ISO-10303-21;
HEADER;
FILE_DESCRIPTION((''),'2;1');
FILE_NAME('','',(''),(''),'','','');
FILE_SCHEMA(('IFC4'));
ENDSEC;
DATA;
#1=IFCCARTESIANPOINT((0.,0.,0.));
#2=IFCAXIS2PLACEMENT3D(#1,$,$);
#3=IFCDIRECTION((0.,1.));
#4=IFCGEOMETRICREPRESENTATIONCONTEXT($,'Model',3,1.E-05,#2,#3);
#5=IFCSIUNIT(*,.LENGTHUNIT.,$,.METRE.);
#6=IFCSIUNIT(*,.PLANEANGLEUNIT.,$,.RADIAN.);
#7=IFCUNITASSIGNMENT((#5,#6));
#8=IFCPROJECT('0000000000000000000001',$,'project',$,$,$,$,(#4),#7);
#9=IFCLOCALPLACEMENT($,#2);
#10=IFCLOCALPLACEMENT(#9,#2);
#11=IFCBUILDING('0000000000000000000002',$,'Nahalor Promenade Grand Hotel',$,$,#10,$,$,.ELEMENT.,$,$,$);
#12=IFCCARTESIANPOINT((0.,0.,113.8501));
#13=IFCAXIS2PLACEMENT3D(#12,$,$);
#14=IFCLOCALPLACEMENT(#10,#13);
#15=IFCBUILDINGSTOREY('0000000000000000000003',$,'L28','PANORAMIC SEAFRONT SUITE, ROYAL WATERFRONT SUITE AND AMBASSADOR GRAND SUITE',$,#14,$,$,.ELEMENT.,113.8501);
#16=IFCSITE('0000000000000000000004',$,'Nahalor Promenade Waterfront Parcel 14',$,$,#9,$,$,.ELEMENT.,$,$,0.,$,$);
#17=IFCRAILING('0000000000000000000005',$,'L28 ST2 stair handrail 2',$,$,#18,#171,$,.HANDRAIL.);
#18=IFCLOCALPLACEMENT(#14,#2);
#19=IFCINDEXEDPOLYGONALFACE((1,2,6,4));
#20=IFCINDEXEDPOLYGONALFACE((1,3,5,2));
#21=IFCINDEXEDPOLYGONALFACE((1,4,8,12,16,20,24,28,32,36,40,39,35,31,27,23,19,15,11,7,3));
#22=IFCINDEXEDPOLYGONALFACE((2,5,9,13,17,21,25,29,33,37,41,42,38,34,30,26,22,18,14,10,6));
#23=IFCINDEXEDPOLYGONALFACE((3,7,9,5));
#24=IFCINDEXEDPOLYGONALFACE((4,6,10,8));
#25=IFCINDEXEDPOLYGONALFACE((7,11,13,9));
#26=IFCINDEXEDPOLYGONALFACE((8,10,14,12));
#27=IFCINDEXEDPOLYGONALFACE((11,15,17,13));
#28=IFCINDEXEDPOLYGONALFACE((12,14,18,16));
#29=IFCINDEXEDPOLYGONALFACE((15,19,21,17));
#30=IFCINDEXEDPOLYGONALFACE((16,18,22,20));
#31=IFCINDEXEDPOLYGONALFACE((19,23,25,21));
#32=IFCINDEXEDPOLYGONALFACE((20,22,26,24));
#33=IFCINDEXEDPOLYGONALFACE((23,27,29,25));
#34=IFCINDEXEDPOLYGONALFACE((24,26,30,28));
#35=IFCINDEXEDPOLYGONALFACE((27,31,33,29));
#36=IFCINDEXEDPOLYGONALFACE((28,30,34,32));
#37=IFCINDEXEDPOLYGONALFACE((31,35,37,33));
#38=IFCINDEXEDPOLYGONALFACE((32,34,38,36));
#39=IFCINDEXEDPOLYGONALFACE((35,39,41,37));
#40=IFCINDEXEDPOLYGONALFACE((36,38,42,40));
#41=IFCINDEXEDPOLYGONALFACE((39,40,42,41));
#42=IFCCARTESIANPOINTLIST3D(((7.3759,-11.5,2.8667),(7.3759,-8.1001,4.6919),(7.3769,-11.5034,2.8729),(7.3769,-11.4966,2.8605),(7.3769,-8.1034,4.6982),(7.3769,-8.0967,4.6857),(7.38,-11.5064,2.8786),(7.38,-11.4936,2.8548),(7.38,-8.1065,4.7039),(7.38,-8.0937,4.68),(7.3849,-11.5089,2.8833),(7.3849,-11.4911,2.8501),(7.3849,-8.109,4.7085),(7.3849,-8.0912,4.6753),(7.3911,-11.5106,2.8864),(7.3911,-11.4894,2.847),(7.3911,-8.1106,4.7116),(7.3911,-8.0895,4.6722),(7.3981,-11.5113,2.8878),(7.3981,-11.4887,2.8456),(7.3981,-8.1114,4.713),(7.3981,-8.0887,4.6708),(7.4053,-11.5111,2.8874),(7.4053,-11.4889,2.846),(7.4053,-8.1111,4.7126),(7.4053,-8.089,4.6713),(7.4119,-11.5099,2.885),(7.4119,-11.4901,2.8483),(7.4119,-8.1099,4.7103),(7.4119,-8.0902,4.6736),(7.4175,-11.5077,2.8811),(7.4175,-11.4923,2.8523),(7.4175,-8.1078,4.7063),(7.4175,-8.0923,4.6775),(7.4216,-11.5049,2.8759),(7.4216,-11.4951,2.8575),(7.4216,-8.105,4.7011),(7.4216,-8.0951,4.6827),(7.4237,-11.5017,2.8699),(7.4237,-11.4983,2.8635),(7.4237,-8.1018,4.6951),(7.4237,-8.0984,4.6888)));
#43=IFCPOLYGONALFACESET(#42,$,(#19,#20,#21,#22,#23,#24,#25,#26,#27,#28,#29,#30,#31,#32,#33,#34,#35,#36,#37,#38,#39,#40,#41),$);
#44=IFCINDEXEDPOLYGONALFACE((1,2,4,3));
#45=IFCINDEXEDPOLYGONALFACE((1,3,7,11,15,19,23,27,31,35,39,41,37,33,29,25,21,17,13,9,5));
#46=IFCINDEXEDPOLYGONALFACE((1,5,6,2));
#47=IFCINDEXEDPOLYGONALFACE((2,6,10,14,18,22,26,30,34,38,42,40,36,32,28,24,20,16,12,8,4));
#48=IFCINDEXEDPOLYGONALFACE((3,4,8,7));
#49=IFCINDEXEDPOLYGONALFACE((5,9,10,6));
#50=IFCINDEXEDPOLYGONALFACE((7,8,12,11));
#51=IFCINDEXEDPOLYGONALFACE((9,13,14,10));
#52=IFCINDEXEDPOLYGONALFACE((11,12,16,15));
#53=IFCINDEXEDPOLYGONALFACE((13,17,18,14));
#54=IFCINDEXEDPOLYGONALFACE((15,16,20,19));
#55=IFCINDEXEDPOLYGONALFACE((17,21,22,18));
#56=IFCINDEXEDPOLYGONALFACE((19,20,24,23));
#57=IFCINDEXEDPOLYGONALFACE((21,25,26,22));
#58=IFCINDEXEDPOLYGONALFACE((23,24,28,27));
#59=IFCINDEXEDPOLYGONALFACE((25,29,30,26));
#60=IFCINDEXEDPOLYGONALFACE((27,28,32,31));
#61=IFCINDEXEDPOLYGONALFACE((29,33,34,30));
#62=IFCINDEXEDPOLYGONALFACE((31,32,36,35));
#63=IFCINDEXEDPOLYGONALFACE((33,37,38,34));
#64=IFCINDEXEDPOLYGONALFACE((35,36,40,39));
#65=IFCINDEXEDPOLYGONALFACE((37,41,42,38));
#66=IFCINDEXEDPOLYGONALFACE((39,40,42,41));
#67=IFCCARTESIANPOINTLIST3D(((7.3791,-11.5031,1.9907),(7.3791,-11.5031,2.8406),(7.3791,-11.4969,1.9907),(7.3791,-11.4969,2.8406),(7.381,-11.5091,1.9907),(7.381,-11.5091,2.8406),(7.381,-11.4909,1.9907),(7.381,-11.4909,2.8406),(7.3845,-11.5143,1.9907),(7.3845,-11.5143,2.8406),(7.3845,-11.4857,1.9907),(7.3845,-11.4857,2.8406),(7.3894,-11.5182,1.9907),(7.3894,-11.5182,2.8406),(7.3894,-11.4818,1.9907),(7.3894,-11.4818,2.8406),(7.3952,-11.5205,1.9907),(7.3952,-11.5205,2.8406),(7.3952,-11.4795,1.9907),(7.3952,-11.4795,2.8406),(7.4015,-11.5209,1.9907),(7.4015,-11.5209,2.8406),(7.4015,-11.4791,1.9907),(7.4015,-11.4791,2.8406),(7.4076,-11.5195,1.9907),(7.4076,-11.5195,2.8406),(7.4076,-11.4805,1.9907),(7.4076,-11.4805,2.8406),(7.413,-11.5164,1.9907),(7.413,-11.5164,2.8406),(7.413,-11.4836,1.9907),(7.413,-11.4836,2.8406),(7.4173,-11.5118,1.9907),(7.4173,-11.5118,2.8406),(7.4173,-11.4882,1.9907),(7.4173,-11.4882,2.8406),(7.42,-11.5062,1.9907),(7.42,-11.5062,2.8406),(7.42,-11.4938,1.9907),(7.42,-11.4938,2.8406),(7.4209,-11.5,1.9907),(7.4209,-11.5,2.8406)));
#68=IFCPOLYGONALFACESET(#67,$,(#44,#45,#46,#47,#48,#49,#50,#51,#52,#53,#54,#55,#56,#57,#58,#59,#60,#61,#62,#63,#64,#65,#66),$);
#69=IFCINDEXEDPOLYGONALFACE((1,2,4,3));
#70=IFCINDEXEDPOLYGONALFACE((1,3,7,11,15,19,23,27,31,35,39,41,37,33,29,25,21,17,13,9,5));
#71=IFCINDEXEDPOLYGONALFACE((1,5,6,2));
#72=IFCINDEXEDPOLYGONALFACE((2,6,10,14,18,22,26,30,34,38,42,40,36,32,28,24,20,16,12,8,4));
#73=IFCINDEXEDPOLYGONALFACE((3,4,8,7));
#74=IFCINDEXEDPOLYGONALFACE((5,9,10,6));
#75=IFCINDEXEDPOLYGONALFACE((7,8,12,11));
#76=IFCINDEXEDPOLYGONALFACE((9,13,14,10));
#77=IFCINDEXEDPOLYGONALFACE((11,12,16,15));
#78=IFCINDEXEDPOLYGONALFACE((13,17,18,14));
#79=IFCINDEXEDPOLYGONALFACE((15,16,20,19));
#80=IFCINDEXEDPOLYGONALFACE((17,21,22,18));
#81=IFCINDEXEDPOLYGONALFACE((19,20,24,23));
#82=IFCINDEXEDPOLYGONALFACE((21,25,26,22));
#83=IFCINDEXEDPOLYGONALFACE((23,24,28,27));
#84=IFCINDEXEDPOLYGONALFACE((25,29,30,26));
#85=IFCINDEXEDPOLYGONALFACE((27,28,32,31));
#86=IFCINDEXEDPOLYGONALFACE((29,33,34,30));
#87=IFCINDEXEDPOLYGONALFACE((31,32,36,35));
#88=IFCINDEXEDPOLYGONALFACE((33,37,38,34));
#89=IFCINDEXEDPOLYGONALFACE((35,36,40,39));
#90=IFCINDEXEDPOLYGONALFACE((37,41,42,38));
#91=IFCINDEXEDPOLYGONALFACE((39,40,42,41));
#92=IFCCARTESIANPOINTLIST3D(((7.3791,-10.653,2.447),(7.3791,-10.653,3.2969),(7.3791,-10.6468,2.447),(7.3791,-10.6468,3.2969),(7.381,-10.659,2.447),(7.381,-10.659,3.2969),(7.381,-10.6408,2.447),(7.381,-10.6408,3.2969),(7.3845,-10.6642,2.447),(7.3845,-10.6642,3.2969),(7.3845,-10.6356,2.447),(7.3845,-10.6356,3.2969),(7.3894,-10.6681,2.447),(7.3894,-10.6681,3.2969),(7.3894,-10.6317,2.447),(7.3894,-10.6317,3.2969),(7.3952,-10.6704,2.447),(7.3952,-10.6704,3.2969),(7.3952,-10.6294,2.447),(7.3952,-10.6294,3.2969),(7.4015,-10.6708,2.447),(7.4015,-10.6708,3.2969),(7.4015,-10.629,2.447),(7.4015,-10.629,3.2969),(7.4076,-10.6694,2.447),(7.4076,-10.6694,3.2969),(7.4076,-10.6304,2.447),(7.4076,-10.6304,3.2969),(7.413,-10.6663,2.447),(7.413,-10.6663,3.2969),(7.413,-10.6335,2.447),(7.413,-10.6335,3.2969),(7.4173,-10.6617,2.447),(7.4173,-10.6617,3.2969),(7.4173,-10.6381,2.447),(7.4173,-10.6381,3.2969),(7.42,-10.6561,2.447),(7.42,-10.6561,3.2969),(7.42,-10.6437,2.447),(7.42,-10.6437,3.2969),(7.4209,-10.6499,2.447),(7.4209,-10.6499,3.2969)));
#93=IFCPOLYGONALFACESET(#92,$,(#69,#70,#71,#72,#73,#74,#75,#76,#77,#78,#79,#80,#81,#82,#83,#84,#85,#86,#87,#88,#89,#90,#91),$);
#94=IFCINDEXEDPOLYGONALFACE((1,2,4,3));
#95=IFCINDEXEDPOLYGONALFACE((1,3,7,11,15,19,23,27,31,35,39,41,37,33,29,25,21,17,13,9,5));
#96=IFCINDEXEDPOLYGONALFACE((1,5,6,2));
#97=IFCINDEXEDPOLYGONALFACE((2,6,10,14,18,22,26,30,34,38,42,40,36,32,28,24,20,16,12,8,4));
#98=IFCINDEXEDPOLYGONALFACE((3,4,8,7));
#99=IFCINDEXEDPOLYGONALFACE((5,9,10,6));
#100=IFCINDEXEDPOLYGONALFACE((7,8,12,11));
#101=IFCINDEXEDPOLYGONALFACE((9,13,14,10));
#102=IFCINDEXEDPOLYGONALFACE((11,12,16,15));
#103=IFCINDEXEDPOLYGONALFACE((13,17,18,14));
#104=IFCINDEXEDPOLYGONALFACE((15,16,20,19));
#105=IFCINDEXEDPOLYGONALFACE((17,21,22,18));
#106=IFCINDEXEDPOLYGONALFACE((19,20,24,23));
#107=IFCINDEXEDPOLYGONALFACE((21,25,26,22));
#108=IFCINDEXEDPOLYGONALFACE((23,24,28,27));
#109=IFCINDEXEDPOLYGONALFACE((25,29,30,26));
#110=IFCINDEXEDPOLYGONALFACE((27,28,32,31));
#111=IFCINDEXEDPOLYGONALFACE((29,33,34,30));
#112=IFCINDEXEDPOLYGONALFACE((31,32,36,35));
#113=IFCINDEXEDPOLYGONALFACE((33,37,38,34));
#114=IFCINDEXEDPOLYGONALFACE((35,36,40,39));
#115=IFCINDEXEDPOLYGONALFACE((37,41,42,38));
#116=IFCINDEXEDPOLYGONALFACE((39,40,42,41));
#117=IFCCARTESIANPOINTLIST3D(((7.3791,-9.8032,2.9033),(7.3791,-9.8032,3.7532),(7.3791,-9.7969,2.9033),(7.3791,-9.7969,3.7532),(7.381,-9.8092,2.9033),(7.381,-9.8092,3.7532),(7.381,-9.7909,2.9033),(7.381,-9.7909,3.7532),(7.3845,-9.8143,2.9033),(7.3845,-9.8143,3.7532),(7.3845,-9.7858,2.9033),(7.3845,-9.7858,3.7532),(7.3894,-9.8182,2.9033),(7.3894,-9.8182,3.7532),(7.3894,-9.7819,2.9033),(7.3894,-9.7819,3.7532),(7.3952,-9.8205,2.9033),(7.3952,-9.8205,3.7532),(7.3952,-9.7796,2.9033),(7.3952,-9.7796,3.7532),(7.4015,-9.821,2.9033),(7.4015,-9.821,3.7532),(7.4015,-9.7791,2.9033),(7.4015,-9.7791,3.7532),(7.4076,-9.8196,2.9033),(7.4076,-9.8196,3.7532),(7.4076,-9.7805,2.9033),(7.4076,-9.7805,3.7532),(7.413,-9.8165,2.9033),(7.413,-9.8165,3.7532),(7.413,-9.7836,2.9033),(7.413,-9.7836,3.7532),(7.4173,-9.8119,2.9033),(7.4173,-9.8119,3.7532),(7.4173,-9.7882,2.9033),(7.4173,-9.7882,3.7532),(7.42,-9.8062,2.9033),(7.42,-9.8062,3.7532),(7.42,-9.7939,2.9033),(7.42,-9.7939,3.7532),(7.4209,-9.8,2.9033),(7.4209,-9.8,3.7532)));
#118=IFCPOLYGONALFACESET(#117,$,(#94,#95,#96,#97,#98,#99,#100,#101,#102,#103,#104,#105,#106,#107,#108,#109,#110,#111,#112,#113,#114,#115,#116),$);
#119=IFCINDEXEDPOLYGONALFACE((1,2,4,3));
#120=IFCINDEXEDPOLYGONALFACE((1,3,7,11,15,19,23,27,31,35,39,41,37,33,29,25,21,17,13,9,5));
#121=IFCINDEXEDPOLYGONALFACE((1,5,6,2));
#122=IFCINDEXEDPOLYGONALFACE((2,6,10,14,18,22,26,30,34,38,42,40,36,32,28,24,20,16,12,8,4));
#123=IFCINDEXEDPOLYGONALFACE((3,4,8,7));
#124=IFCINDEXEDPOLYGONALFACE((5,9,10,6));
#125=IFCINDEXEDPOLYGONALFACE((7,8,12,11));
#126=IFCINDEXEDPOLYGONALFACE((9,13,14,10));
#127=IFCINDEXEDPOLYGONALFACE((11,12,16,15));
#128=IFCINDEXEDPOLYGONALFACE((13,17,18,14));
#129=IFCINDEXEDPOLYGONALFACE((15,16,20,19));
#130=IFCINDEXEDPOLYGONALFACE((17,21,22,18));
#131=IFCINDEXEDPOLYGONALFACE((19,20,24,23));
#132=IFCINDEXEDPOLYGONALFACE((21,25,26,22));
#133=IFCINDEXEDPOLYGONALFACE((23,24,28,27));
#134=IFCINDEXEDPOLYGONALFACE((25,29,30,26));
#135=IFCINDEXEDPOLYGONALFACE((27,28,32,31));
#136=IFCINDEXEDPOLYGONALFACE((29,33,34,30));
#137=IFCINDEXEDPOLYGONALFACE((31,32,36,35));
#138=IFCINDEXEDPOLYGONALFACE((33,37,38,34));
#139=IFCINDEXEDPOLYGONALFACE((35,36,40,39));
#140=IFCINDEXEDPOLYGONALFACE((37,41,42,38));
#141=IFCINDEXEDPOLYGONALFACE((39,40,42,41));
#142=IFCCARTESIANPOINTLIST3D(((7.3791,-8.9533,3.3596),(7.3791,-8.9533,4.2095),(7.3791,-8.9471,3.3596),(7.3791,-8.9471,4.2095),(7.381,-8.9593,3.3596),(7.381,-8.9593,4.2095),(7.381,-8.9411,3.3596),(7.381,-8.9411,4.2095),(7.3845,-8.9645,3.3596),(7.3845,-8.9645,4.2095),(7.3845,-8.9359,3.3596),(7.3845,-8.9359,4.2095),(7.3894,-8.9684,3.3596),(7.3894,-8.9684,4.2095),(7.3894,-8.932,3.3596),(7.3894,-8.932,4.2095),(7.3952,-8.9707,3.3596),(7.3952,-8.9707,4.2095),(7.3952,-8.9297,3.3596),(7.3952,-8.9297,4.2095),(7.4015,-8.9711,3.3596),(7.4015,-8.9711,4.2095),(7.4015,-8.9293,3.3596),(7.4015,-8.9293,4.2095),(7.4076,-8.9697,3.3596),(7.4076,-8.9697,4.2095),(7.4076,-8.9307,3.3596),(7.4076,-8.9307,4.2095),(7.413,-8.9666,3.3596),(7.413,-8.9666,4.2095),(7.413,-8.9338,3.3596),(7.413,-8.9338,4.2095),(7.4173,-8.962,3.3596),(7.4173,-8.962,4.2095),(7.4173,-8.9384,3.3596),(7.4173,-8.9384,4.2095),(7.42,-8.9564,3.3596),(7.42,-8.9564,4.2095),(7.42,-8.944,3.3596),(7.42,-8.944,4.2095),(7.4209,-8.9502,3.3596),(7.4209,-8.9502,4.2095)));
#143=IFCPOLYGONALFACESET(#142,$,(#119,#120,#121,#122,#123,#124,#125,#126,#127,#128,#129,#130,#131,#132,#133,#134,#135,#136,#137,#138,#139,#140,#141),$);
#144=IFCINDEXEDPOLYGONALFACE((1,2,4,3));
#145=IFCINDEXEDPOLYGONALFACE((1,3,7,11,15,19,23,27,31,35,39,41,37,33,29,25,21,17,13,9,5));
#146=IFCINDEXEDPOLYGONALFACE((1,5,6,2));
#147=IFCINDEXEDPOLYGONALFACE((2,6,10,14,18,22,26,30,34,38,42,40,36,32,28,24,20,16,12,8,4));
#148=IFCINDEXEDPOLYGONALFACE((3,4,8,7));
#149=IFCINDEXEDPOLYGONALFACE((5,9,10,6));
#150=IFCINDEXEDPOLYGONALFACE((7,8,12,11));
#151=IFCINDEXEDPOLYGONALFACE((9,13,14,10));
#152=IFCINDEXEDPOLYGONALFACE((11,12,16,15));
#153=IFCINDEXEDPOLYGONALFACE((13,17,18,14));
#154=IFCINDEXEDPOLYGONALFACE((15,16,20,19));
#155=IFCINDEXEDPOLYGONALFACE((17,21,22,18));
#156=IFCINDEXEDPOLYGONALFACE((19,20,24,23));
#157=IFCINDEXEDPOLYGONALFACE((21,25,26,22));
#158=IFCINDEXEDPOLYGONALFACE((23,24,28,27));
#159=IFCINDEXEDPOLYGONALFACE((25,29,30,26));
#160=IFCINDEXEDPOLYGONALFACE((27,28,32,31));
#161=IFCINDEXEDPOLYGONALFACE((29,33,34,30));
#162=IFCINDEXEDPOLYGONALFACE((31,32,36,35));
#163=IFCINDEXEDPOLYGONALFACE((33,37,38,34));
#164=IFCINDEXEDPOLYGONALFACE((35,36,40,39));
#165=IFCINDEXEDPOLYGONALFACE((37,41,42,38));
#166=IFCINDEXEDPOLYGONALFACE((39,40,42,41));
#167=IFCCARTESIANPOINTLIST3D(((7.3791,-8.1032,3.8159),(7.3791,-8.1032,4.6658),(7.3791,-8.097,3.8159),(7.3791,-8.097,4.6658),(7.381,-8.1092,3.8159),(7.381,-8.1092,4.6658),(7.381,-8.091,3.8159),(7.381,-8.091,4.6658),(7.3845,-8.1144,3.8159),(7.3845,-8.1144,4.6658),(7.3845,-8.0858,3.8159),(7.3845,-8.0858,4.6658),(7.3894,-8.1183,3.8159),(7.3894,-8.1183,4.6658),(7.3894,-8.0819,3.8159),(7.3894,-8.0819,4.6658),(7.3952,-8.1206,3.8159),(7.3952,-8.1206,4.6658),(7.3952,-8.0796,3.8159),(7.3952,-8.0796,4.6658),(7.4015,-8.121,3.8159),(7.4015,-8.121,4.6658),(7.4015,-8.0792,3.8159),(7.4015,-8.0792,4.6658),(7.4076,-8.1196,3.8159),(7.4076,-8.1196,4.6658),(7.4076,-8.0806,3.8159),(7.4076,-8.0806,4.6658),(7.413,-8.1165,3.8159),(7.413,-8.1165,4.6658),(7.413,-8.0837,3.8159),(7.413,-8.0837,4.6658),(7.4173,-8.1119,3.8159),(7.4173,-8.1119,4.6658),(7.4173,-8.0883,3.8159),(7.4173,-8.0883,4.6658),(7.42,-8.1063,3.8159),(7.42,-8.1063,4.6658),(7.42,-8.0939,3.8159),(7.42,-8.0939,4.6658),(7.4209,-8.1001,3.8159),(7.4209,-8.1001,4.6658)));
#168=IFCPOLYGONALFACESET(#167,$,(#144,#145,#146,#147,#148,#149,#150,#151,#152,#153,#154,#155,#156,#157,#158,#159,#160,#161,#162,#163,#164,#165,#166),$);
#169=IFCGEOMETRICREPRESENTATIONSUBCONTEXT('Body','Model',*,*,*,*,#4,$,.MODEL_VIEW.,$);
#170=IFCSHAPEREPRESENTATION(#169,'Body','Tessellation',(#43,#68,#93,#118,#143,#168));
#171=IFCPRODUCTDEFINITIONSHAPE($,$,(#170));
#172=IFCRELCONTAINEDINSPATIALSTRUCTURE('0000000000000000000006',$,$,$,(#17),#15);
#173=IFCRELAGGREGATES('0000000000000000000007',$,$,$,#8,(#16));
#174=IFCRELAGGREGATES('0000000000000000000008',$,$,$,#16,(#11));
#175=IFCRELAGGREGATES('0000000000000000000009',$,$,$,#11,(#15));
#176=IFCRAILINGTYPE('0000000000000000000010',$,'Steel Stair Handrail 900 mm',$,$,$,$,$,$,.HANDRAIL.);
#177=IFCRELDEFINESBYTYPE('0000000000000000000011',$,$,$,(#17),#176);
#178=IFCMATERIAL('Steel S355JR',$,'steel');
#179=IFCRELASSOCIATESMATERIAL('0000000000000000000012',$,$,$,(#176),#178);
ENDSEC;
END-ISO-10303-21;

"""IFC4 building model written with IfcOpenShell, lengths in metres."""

from ifc_helpers import new_model, si_unit, direction, frame, origin, origin_2d, place, context, subcontext, project, spatial, circle, extrude, material, type_object, element, save


model = new_model("IFC4")

# Units and contexts
model_context = context("Model", 3, precision=1e-05, world=origin(), true_north=direction((0.0, 1.0)))
body_context = subcontext(model_context, "Body", "Model", "MODEL_VIEW")
ifc_project = project(units=[si_unit("LENGTHUNIT", "METRE"), si_unit("PLANEANGLEUNIT", "RADIAN")], contexts=[model_context])

# Site, building, storey
site_placement = place(None, origin())
site = spatial("IfcSite", under=ifc_project, at=site_placement, Name="Nahalor Promenade Waterfront Parcel 14", CompositionType="ELEMENT", RefElevation=0.0)
building_placement = place(site_placement, origin())
building = spatial("IfcBuilding", under=site, at=building_placement, Name="Nahalor Promenade Grand Hotel", CompositionType="ELEMENT")
storey_placement = place(building_placement, frame((0.0, 0.0, 113.8501)))
storey = spatial("IfcBuildingStorey", under=building, at=storey_placement, Name="L28", Description="PANORAMIC SEAFRONT SUITE, ROYAL WATERFRONT SUITE AND AMBASSADOR GRAND SUITE", CompositionType="ELEMENT", Elevation=113.8501)

# Shared definitions
ifc_material_1 = material(Name="Steel S355JR", Category="steel")

# Railing
railing_type_1 = type_object("IfcRailingType", Name="Steel Stair Handrail 900 mm", PredefinedType="HANDRAIL", material=ifc_material_1)
railing_1_placement = place(storey_placement, frame((7.3999, -11.5, 1.9907)))
element("IfcRailing", 1, at=railing_1_placement, inside=storey, type_object=railing_type_1, Name="L28 ST2 stair handrail 2", PredefinedType="HANDRAIL", context=body_context, shape_type="SweptSolid", body=[
    extrude(circle(Radius=0.024, at=origin_2d()), frame((0.0, 0.0, 0.876), z_axis=(0.0, 0.881068, 0.47299), x_axis=(-1.0, 0.0, 0.0)), (0.0, 0.0, 1.0), 3.8589),
    extrude(circle(Radius=0.021, at=origin_2d()), origin(), (0.0, 0.0, 1.0), 0.8499),
    extrude(circle(Radius=0.021, at=origin_2d()), frame((0.0, 0.8501, 0.4563)), (0.0, 0.0, 1.0), 0.8499),
    extrude(circle(Radius=0.021, at=origin_2d()), frame((0.0, 1.7, 0.9126)), (0.0, 0.0, 1.0), 0.8499),
    extrude(circle(Radius=0.021, at=origin_2d()), frame((0.0, 2.5498, 1.3689)), (0.0, 0.0, 1.0), 0.8499),
    extrude(circle(Radius=0.021, at=origin_2d()), frame((0.0, 3.3999, 1.8252)), (0.0, 0.0, 1.0), 0.8499),
])

save(model, "model.ifc")
